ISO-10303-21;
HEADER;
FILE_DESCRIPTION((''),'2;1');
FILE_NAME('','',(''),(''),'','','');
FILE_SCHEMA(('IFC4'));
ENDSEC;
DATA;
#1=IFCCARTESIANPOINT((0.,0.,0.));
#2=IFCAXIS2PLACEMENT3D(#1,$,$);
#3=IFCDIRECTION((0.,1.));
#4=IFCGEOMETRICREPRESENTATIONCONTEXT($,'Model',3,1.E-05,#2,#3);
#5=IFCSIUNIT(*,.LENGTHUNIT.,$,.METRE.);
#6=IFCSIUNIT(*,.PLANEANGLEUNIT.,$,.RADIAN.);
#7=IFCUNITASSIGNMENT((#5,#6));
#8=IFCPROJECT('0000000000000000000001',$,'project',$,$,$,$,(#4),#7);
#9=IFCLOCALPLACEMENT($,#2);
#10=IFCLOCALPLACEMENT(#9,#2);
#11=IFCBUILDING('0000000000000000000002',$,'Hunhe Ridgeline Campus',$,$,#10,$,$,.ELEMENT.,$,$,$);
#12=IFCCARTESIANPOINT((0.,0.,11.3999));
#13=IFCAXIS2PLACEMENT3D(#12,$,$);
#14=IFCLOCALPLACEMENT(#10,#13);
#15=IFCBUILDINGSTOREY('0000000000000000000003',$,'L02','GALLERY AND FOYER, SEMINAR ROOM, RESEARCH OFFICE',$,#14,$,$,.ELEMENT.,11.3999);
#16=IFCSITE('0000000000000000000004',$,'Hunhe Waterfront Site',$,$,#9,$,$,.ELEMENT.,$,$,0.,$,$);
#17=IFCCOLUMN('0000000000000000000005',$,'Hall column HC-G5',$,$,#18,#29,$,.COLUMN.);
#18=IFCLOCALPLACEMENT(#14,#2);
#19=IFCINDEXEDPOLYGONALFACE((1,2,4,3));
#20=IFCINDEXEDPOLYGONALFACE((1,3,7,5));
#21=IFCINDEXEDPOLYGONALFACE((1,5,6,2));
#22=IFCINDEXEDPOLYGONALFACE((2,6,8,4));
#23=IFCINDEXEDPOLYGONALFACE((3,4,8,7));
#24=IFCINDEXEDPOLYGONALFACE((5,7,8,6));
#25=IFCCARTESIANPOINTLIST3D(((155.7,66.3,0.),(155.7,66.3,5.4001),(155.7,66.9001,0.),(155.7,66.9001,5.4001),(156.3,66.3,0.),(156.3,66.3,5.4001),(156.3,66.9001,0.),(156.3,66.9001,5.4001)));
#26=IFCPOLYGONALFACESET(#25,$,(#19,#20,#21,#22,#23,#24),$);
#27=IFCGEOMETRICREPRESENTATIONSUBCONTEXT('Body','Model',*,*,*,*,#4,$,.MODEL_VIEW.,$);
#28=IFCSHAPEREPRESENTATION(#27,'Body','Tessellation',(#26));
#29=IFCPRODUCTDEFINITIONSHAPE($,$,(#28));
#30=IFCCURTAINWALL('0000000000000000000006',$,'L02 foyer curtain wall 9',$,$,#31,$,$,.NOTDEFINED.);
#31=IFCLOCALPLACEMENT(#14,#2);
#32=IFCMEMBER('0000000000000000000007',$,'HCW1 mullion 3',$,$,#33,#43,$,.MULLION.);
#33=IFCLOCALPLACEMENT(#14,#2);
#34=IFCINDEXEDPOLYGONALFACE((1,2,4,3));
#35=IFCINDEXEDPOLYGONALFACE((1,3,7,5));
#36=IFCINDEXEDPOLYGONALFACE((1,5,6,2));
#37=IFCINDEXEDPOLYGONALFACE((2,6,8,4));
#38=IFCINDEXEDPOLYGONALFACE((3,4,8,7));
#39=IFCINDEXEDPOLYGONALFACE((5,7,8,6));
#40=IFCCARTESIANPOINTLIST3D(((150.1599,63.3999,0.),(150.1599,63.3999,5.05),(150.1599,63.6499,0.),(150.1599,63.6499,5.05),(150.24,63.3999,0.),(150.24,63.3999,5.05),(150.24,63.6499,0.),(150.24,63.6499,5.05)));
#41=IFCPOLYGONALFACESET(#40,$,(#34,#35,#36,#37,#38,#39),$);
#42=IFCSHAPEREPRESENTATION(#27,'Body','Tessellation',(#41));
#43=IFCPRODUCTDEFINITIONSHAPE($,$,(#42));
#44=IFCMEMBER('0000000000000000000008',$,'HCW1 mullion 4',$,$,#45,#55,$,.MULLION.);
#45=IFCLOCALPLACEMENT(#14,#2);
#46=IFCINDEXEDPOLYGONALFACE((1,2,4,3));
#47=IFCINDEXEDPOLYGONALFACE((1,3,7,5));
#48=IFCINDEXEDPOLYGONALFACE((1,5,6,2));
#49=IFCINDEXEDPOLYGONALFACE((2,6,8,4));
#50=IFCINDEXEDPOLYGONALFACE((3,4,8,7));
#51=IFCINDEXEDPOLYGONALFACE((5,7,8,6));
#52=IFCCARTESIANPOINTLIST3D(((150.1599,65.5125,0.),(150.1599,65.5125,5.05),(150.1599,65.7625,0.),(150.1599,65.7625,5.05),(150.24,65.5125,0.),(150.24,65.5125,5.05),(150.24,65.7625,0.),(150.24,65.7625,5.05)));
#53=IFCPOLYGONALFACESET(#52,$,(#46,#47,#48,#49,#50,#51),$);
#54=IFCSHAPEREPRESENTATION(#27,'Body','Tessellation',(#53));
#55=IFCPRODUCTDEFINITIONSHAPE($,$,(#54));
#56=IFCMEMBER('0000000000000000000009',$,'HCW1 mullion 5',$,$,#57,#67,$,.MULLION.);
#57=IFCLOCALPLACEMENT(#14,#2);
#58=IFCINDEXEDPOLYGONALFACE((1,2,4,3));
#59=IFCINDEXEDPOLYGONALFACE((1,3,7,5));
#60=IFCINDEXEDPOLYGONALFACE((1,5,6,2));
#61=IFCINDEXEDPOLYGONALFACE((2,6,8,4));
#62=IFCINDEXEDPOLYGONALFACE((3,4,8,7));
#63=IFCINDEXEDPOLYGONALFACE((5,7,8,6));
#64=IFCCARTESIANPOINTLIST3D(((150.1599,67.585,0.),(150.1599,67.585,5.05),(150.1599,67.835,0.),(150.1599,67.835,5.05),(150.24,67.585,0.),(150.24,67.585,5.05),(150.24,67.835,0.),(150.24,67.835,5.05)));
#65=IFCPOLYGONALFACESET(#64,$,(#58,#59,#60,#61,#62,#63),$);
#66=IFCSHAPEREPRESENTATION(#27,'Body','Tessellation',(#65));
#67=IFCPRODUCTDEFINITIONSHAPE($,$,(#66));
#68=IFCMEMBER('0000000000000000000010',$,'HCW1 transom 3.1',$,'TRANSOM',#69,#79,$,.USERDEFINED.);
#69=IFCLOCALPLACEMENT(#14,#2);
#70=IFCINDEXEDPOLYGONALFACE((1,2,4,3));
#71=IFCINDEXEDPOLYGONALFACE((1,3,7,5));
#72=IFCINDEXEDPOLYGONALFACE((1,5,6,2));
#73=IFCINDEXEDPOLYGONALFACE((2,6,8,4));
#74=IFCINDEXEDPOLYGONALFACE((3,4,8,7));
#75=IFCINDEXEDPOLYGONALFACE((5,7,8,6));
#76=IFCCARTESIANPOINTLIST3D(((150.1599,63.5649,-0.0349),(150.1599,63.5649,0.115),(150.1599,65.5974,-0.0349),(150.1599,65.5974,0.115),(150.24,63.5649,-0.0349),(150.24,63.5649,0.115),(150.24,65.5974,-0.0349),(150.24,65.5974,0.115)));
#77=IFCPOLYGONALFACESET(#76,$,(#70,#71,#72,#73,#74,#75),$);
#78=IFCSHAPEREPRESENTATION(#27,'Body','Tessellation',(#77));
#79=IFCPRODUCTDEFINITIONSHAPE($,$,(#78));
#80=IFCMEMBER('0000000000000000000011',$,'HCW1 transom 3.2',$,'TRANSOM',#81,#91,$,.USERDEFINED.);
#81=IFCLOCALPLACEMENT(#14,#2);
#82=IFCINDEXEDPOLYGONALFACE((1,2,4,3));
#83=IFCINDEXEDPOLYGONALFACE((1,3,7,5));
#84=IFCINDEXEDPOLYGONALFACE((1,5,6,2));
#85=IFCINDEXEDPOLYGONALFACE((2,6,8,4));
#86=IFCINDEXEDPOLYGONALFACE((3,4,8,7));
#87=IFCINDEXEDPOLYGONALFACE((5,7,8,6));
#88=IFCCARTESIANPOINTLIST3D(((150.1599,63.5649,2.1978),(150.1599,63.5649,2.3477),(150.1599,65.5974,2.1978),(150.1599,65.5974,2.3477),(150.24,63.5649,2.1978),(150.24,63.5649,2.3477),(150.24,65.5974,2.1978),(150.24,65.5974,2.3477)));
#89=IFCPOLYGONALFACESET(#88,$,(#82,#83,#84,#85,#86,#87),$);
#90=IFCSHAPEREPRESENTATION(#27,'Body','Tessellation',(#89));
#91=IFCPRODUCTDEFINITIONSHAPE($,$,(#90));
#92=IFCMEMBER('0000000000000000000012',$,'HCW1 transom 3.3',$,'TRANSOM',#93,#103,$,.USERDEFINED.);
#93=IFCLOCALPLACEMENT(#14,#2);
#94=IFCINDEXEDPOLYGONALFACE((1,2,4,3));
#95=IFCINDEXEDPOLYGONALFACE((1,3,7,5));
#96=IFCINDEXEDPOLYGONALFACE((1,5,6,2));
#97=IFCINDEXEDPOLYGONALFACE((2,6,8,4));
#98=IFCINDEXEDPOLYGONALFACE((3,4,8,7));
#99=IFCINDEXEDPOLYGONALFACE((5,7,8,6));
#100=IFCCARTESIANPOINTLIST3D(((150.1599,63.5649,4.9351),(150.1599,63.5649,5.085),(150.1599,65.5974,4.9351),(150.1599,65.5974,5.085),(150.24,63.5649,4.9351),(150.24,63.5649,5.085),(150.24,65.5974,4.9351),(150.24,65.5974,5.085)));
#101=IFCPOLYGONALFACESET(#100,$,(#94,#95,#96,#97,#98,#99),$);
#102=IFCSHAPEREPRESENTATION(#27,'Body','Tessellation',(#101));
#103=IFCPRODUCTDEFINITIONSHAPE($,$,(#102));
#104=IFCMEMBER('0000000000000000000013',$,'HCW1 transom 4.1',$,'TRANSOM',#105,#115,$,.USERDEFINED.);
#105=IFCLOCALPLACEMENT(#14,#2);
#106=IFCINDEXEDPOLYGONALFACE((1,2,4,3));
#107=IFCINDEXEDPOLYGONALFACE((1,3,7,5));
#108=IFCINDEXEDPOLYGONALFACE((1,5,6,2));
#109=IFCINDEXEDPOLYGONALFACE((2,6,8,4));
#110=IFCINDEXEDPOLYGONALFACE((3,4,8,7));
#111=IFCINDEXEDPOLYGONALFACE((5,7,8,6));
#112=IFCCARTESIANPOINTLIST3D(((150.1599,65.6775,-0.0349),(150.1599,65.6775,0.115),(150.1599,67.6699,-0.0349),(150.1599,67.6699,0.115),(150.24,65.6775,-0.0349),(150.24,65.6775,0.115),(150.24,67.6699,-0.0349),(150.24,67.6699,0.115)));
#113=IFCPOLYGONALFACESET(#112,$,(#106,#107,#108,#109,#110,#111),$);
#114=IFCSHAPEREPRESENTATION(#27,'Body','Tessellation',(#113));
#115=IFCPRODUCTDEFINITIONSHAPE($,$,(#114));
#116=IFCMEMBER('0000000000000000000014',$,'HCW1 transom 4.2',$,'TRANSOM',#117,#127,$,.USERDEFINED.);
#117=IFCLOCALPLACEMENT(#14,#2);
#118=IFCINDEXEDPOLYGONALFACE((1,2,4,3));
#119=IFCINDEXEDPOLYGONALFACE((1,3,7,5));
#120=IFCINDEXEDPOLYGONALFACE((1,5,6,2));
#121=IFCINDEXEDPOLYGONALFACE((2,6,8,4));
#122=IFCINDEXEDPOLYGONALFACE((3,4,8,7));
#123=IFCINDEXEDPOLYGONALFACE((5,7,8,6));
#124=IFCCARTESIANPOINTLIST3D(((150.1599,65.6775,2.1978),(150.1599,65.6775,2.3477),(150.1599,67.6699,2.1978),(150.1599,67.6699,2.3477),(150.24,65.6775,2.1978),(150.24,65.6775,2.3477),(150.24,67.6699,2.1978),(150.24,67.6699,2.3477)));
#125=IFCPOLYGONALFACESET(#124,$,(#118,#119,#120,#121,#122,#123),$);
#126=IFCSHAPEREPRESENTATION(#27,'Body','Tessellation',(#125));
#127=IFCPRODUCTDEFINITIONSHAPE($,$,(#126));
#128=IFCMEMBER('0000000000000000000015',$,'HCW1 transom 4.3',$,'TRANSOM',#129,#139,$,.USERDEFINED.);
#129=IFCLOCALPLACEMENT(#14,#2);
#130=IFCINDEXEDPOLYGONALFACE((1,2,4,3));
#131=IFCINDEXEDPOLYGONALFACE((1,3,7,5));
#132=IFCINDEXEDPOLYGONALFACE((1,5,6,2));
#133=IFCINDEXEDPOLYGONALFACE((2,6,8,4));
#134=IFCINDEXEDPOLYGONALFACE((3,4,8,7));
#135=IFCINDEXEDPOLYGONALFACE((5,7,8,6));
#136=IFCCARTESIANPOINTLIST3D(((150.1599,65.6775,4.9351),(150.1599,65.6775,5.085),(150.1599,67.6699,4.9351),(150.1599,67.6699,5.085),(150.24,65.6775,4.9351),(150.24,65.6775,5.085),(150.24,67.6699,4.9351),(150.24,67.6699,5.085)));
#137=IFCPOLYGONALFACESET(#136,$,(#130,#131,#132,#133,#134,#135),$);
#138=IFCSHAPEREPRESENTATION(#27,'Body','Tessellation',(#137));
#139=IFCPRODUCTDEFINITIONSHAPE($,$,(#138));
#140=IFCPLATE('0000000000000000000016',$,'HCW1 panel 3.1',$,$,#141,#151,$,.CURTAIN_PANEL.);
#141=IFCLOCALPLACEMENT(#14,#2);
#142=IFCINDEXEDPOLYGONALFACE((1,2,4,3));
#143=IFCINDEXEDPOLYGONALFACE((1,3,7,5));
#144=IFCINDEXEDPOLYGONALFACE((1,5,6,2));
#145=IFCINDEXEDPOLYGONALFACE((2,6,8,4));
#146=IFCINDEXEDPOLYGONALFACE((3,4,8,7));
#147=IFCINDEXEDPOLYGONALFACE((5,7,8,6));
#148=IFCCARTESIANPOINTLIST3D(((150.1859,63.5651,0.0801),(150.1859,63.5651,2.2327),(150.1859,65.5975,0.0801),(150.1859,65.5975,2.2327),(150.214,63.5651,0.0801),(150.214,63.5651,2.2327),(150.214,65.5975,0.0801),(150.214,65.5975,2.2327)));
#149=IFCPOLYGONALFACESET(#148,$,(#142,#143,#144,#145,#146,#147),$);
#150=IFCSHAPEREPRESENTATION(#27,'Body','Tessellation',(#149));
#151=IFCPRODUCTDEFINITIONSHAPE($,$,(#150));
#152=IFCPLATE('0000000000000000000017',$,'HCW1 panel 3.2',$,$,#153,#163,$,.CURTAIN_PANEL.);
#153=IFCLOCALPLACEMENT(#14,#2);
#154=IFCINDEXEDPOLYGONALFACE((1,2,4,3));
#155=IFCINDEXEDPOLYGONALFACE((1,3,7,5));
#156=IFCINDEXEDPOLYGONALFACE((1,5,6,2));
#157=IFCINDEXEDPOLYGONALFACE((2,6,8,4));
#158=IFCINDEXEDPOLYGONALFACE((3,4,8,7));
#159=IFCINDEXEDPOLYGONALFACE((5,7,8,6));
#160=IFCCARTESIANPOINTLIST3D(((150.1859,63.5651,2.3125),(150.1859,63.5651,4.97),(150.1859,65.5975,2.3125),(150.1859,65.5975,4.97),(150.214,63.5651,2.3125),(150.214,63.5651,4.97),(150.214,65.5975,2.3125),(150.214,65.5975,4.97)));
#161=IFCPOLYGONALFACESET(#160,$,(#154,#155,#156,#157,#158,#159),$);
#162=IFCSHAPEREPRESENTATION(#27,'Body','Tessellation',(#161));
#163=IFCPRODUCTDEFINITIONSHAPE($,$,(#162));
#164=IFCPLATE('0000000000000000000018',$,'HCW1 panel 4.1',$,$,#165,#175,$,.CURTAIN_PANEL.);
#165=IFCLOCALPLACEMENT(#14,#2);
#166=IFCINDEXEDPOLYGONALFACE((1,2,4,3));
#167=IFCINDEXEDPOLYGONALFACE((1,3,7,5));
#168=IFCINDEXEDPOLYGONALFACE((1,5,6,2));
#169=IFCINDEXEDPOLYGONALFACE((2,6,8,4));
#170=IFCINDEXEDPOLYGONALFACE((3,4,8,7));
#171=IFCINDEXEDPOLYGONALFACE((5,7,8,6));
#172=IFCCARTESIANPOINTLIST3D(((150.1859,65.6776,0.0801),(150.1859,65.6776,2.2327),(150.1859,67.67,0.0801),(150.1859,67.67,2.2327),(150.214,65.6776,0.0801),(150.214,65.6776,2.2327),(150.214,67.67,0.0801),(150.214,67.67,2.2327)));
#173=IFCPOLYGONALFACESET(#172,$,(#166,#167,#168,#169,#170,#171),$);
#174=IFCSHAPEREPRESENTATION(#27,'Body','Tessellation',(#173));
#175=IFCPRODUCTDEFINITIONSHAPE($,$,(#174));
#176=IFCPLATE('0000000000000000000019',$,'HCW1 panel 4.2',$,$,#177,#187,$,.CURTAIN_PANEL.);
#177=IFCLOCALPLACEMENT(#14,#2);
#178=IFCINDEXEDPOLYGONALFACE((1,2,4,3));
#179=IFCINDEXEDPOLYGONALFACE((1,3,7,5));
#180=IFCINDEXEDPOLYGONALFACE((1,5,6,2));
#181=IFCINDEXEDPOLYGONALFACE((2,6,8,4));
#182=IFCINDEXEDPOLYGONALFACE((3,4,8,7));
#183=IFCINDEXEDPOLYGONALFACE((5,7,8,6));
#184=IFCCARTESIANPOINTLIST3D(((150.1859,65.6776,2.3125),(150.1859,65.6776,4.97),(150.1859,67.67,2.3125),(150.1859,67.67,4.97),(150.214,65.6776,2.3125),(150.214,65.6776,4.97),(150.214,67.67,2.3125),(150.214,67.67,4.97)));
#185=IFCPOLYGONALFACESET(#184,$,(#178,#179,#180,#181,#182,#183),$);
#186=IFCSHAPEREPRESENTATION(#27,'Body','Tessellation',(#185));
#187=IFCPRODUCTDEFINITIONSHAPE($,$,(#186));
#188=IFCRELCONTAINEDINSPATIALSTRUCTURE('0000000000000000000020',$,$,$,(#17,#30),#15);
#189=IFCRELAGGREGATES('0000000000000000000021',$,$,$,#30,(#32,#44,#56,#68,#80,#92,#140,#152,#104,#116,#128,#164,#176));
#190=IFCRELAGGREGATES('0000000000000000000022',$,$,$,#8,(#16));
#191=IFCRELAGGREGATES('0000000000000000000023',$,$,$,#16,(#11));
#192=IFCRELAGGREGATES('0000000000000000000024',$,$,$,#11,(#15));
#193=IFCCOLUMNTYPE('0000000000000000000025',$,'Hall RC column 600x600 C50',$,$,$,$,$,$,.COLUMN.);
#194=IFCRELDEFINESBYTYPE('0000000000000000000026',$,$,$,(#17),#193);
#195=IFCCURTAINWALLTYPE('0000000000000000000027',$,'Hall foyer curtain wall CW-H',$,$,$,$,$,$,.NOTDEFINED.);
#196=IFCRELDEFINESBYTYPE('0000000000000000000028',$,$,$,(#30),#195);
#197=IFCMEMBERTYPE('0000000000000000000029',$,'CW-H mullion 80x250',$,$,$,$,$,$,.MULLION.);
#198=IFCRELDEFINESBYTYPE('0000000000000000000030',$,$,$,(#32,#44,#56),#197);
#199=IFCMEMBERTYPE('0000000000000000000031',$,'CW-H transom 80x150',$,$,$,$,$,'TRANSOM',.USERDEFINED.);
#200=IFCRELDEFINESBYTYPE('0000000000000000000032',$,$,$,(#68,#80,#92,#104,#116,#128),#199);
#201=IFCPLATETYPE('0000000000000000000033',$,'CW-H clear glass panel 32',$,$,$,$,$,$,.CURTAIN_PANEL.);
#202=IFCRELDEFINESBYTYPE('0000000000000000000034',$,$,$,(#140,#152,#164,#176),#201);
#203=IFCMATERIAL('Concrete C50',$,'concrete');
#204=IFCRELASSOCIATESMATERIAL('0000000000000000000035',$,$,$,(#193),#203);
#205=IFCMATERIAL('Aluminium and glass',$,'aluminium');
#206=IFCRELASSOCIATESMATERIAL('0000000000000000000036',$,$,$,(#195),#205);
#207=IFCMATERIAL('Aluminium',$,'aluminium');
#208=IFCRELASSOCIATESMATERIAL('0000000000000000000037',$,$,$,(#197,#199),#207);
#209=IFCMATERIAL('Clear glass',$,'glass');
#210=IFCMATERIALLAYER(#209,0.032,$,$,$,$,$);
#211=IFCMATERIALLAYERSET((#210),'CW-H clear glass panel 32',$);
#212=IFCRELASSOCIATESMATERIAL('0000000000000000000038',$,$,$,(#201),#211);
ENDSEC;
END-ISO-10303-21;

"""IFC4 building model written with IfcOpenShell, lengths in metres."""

from ifc_helpers import new_model, si_unit, direction, frame, origin, origin_2d, place, context, subcontext, project, spatial, rectangle, extrude, material, layer, layer_set, material_profile, profile_set, type_object, element, aggregate, save


model = new_model("IFC4")

# Units and contexts
model_context = context("Model", 3, precision=1e-05, world=origin(), true_north=direction((0.0, 1.0)))
body_context = subcontext(model_context, "Body", "Model", "MODEL_VIEW")
ifc_project = project(units=[si_unit("LENGTHUNIT", "METRE"), si_unit("PLANEANGLEUNIT", "RADIAN")], contexts=[model_context])

# Site, building, storey
site_placement = place(None, origin())
site = spatial("IfcSite", under=ifc_project, at=site_placement, Name="Hunhe Waterfront Site", CompositionType="ELEMENT", RefElevation=0.0)
building_placement = place(site_placement, origin())
building = spatial("IfcBuilding", under=site, at=building_placement, Name="Hunhe Ridgeline Campus", CompositionType="ELEMENT")
storey_placement = place(building_placement, frame((0.0, 0.0, 11.3999)))
storey = spatial("IfcBuildingStorey", under=building, at=storey_placement, Name="L02", Description="GALLERY AND FOYER, SEMINAR ROOM, RESEARCH OFFICE", CompositionType="ELEMENT", Elevation=11.3999)

# Column
ifc_material_1 = material(Name="Concrete C50", Category="concrete")
ifc_material_profile_1 = material_profile(ifc_material_1, rectangle(XDim=0.6001, YDim=0.6001, at=origin_2d()))
ifc_profile_set_1 = profile_set([ifc_material_profile_1], Name="Concrete C50")
column_type = type_object("IfcColumnType", Name="Hall RC column 600x600 C50", PredefinedType="COLUMN", material=ifc_profile_set_1)
column_placement = place(storey_placement, frame((156.0, 66.6001, 0.0), z_axis=(0.0, 0.0, 1.0), x_axis=(1.0, 0.0, 0.0)))
element("IfcColumn", 1, at=column_placement, inside=storey, type_object=column_type, Name="Hall column HC-G5", PredefinedType="COLUMN", context=body_context, shape_type="SweptSolid", body=[
    extrude(rectangle(XDim=0.6001, YDim=0.6001, at=origin_2d()), origin(), (0.0, 0.0, 1.0), 5.4001),
])

# Curtain wall, members, plates
ifc_material_2 = material(Name="Aluminium and glass", Category="aluminium")
curtain_wall_type = type_object("IfcCurtainWallType", Name="Hall foyer curtain wall CW-H", PredefinedType="NOTDEFINED", material=ifc_material_2)
curtain_wall_placement = place(storey_placement, origin())
curtain_wall = element("IfcCurtainWall", 2, at=curtain_wall_placement, inside=storey, type_object=curtain_wall_type, Name="L02 foyer curtain wall 9", PredefinedType="NOTDEFINED")
ifc_material_3 = material(Name="Aluminium", Category="aluminium")
ifc_material_profile_2 = material_profile(ifc_material_3, rectangle(XDim=0.0801, YDim=0.25, at=origin_2d()))
ifc_profile_set_2 = profile_set([ifc_material_profile_2], Name="Aluminium")
member_type_1 = type_object("IfcMemberType", Name="CW-H mullion 80x250", PredefinedType="MULLION", material=ifc_profile_set_2)
member_1_placement = place(storey_placement, frame((150.2, 63.5249, 0.0), z_axis=(0.0, 0.0, 1.0), x_axis=(-1.0, 0.0, 0.0)))
member_1 = element("IfcMember", 3, at=member_1_placement, type_object=member_type_1, Name="HCW1 mullion 3", PredefinedType="MULLION", context=body_context, shape_type="SweptSolid", body=[
    extrude(rectangle(XDim=0.0801, YDim=0.25, at=origin_2d()), origin(), (0.0, 0.0, 1.0), 5.05),
])
member_2_placement = place(storey_placement, frame((150.2, 65.6375, 0.0), z_axis=(0.0, 0.0, 1.0), x_axis=(-1.0, 0.0, 0.0)))
member_2 = element("IfcMember", 4, at=member_2_placement, type_object=member_type_1, Name="HCW1 mullion 4", PredefinedType="MULLION", context=body_context, shape_type="SweptSolid", body=[
    extrude(rectangle(XDim=0.0801, YDim=0.25, at=origin_2d()), origin(), (0.0, 0.0, 1.0), 5.05),
])
member_3_placement = place(storey_placement, frame((150.2, 67.71, 0.0), z_axis=(0.0, 0.0, 1.0), x_axis=(-1.0, 0.0, 0.0)))
member_3 = element("IfcMember", 5, at=member_3_placement, type_object=member_type_1, Name="HCW1 mullion 5", PredefinedType="MULLION", context=body_context, shape_type="SweptSolid", body=[
    extrude(rectangle(XDim=0.0801, YDim=0.25, at=origin_2d()), origin(), (0.0, 0.0, 1.0), 5.05),
])
ifc_material_profile_3 = material_profile(ifc_material_3, rectangle(XDim=0.0801, YDim=0.1499, at=origin_2d()))
ifc_profile_set_3 = profile_set([ifc_material_profile_3], Name="Aluminium")
member_type_2 = type_object("IfcMemberType", Name="CW-H transom 80x150", ElementType="TRANSOM", PredefinedType="USERDEFINED", material=ifc_profile_set_3)
member_4_placement = place(storey_placement, frame((150.2, 63.5649, 0.04), z_axis=(0.0, 1.0, 0.0), x_axis=(-1.0, 0.0, 0.0)))
member_4 = element("IfcMember", 6, at=member_4_placement, type_object=member_type_2, Name="HCW1 transom 3.1", ObjectType="TRANSOM", PredefinedType="USERDEFINED", context=body_context, shape_type="SweptSolid", body=[
    extrude(rectangle(XDim=0.0801, YDim=0.1499, at=origin_2d()), origin(), (0.0, 0.0, 1.0), 2.0325),
])
member_5_placement = place(storey_placement, frame((150.2, 63.5649, 2.2727), z_axis=(0.0, 1.0, 0.0), x_axis=(-1.0, 0.0, 0.0)))
member_5 = element("IfcMember", 7, at=member_5_placement, type_object=member_type_2, Name="HCW1 transom 3.2", ObjectType="TRANSOM", PredefinedType="USERDEFINED", context=body_context, shape_type="SweptSolid", body=[
    extrude(rectangle(XDim=0.0801, YDim=0.1499, at=origin_2d()), origin(), (0.0, 0.0, 1.0), 2.0325),
])
member_6_placement = place(storey_placement, frame((150.2, 63.5649, 5.01), z_axis=(0.0, 1.0, 0.0), x_axis=(-1.0, 0.0, 0.0)))
member_6 = element("IfcMember", 8, at=member_6_placement, type_object=member_type_2, Name="HCW1 transom 3.3", ObjectType="TRANSOM", PredefinedType="USERDEFINED", context=body_context, shape_type="SweptSolid", body=[
    extrude(rectangle(XDim=0.0801, YDim=0.1499, at=origin_2d()), origin(), (0.0, 0.0, 1.0), 2.0325),
])
member_7_placement = place(storey_placement, frame((150.2, 65.6775, 0.04), z_axis=(0.0, 1.0, 0.0), x_axis=(-1.0, 0.0, 0.0)))
member_7 = element("IfcMember", 9, at=member_7_placement, type_object=member_type_2, Name="HCW1 transom 4.1", ObjectType="TRANSOM", PredefinedType="USERDEFINED", context=body_context, shape_type="SweptSolid", body=[
    extrude(rectangle(XDim=0.0801, YDim=0.1499, at=origin_2d()), origin(), (0.0, 0.0, 1.0), 1.9924),
])
member_8_placement = place(storey_placement, frame((150.2, 65.6775, 2.2727), z_axis=(0.0, 1.0, 0.0), x_axis=(-1.0, 0.0, 0.0)))
member_8 = element("IfcMember", 10, at=member_8_placement, type_object=member_type_2, Name="HCW1 transom 4.2", ObjectType="TRANSOM", PredefinedType="USERDEFINED", context=body_context, shape_type="SweptSolid", body=[
    extrude(rectangle(XDim=0.0801, YDim=0.1499, at=origin_2d()), origin(), (0.0, 0.0, 1.0), 1.9924),
])
member_9_placement = place(storey_placement, frame((150.2, 65.6775, 5.01), z_axis=(0.0, 1.0, 0.0), x_axis=(-1.0, 0.0, 0.0)))
member_9 = element("IfcMember", 11, at=member_9_placement, type_object=member_type_2, Name="HCW1 transom 4.3", ObjectType="TRANSOM", PredefinedType="USERDEFINED", context=body_context, shape_type="SweptSolid", body=[
    extrude(rectangle(XDim=0.0801, YDim=0.1499, at=origin_2d()), origin(), (0.0, 0.0, 1.0), 1.9924),
])
ifc_material_4 = material(Name="Clear glass", Category="glass")
ifc_layer_1 = layer(ifc_material_4, 0.032)
ifc_layer_set_1 = layer_set([ifc_layer_1], Name="CW-H clear glass panel 32")
plate_type = type_object("IfcPlateType", Name="CW-H clear glass panel 32", PredefinedType="CURTAIN_PANEL", material=ifc_layer_set_1)
plate_1_placement = place(storey_placement, frame((150.2, 64.5813, 0.0801), z_axis=(0.0, 0.0, 1.0), x_axis=(0.0, 1.0, 0.0)))
plate_1 = element("IfcPlate", 12, at=plate_1_placement, type_object=plate_type, Name="HCW1 panel 3.1", PredefinedType="CURTAIN_PANEL", context=body_context, shape_type="SweptSolid", body=[
    extrude(rectangle(XDim=2.0325, YDim=0.0281, at=origin_2d()), origin(), (0.0, 0.0, 1.0), 2.1526),
])
plate_2_placement = place(storey_placement, frame((150.2, 64.5813, 2.3125), z_axis=(0.0, 0.0, 1.0), x_axis=(0.0, 1.0, 0.0)))
plate_2 = element("IfcPlate", 13, at=plate_2_placement, type_object=plate_type, Name="HCW1 panel 3.2", PredefinedType="CURTAIN_PANEL", context=body_context, shape_type="SweptSolid", body=[
    extrude(rectangle(XDim=2.0325, YDim=0.0281, at=origin_2d()), origin(), (0.0, 0.0, 1.0), 2.6575),
])
plate_3_placement = place(storey_placement, frame((150.2, 66.6738, 0.0801), z_axis=(0.0, 0.0, 1.0), x_axis=(0.0, 1.0, 0.0)))
plate_3 = element("IfcPlate", 14, at=plate_3_placement, type_object=plate_type, Name="HCW1 panel 4.1", PredefinedType="CURTAIN_PANEL", context=body_context, shape_type="SweptSolid", body=[
    extrude(rectangle(XDim=1.9924, YDim=0.0281, at=origin_2d()), origin(), (0.0, 0.0, 1.0), 2.1526),
])
plate_4_placement = place(storey_placement, frame((150.2, 66.6738, 2.3125), z_axis=(0.0, 0.0, 1.0), x_axis=(0.0, 1.0, 0.0)))
plate_4 = element("IfcPlate", 15, at=plate_4_placement, type_object=plate_type, Name="HCW1 panel 4.2", PredefinedType="CURTAIN_PANEL", context=body_context, shape_type="SweptSolid", body=[
    extrude(rectangle(XDim=1.9924, YDim=0.0281, at=origin_2d()), origin(), (0.0, 0.0, 1.0), 2.6575),
])
aggregate(curtain_wall, [member_1, member_2, member_3, member_4, member_5, member_6, plate_1, plate_2, member_7, member_8, member_9, plate_3, plate_4])

save(model, "model.ifc")
